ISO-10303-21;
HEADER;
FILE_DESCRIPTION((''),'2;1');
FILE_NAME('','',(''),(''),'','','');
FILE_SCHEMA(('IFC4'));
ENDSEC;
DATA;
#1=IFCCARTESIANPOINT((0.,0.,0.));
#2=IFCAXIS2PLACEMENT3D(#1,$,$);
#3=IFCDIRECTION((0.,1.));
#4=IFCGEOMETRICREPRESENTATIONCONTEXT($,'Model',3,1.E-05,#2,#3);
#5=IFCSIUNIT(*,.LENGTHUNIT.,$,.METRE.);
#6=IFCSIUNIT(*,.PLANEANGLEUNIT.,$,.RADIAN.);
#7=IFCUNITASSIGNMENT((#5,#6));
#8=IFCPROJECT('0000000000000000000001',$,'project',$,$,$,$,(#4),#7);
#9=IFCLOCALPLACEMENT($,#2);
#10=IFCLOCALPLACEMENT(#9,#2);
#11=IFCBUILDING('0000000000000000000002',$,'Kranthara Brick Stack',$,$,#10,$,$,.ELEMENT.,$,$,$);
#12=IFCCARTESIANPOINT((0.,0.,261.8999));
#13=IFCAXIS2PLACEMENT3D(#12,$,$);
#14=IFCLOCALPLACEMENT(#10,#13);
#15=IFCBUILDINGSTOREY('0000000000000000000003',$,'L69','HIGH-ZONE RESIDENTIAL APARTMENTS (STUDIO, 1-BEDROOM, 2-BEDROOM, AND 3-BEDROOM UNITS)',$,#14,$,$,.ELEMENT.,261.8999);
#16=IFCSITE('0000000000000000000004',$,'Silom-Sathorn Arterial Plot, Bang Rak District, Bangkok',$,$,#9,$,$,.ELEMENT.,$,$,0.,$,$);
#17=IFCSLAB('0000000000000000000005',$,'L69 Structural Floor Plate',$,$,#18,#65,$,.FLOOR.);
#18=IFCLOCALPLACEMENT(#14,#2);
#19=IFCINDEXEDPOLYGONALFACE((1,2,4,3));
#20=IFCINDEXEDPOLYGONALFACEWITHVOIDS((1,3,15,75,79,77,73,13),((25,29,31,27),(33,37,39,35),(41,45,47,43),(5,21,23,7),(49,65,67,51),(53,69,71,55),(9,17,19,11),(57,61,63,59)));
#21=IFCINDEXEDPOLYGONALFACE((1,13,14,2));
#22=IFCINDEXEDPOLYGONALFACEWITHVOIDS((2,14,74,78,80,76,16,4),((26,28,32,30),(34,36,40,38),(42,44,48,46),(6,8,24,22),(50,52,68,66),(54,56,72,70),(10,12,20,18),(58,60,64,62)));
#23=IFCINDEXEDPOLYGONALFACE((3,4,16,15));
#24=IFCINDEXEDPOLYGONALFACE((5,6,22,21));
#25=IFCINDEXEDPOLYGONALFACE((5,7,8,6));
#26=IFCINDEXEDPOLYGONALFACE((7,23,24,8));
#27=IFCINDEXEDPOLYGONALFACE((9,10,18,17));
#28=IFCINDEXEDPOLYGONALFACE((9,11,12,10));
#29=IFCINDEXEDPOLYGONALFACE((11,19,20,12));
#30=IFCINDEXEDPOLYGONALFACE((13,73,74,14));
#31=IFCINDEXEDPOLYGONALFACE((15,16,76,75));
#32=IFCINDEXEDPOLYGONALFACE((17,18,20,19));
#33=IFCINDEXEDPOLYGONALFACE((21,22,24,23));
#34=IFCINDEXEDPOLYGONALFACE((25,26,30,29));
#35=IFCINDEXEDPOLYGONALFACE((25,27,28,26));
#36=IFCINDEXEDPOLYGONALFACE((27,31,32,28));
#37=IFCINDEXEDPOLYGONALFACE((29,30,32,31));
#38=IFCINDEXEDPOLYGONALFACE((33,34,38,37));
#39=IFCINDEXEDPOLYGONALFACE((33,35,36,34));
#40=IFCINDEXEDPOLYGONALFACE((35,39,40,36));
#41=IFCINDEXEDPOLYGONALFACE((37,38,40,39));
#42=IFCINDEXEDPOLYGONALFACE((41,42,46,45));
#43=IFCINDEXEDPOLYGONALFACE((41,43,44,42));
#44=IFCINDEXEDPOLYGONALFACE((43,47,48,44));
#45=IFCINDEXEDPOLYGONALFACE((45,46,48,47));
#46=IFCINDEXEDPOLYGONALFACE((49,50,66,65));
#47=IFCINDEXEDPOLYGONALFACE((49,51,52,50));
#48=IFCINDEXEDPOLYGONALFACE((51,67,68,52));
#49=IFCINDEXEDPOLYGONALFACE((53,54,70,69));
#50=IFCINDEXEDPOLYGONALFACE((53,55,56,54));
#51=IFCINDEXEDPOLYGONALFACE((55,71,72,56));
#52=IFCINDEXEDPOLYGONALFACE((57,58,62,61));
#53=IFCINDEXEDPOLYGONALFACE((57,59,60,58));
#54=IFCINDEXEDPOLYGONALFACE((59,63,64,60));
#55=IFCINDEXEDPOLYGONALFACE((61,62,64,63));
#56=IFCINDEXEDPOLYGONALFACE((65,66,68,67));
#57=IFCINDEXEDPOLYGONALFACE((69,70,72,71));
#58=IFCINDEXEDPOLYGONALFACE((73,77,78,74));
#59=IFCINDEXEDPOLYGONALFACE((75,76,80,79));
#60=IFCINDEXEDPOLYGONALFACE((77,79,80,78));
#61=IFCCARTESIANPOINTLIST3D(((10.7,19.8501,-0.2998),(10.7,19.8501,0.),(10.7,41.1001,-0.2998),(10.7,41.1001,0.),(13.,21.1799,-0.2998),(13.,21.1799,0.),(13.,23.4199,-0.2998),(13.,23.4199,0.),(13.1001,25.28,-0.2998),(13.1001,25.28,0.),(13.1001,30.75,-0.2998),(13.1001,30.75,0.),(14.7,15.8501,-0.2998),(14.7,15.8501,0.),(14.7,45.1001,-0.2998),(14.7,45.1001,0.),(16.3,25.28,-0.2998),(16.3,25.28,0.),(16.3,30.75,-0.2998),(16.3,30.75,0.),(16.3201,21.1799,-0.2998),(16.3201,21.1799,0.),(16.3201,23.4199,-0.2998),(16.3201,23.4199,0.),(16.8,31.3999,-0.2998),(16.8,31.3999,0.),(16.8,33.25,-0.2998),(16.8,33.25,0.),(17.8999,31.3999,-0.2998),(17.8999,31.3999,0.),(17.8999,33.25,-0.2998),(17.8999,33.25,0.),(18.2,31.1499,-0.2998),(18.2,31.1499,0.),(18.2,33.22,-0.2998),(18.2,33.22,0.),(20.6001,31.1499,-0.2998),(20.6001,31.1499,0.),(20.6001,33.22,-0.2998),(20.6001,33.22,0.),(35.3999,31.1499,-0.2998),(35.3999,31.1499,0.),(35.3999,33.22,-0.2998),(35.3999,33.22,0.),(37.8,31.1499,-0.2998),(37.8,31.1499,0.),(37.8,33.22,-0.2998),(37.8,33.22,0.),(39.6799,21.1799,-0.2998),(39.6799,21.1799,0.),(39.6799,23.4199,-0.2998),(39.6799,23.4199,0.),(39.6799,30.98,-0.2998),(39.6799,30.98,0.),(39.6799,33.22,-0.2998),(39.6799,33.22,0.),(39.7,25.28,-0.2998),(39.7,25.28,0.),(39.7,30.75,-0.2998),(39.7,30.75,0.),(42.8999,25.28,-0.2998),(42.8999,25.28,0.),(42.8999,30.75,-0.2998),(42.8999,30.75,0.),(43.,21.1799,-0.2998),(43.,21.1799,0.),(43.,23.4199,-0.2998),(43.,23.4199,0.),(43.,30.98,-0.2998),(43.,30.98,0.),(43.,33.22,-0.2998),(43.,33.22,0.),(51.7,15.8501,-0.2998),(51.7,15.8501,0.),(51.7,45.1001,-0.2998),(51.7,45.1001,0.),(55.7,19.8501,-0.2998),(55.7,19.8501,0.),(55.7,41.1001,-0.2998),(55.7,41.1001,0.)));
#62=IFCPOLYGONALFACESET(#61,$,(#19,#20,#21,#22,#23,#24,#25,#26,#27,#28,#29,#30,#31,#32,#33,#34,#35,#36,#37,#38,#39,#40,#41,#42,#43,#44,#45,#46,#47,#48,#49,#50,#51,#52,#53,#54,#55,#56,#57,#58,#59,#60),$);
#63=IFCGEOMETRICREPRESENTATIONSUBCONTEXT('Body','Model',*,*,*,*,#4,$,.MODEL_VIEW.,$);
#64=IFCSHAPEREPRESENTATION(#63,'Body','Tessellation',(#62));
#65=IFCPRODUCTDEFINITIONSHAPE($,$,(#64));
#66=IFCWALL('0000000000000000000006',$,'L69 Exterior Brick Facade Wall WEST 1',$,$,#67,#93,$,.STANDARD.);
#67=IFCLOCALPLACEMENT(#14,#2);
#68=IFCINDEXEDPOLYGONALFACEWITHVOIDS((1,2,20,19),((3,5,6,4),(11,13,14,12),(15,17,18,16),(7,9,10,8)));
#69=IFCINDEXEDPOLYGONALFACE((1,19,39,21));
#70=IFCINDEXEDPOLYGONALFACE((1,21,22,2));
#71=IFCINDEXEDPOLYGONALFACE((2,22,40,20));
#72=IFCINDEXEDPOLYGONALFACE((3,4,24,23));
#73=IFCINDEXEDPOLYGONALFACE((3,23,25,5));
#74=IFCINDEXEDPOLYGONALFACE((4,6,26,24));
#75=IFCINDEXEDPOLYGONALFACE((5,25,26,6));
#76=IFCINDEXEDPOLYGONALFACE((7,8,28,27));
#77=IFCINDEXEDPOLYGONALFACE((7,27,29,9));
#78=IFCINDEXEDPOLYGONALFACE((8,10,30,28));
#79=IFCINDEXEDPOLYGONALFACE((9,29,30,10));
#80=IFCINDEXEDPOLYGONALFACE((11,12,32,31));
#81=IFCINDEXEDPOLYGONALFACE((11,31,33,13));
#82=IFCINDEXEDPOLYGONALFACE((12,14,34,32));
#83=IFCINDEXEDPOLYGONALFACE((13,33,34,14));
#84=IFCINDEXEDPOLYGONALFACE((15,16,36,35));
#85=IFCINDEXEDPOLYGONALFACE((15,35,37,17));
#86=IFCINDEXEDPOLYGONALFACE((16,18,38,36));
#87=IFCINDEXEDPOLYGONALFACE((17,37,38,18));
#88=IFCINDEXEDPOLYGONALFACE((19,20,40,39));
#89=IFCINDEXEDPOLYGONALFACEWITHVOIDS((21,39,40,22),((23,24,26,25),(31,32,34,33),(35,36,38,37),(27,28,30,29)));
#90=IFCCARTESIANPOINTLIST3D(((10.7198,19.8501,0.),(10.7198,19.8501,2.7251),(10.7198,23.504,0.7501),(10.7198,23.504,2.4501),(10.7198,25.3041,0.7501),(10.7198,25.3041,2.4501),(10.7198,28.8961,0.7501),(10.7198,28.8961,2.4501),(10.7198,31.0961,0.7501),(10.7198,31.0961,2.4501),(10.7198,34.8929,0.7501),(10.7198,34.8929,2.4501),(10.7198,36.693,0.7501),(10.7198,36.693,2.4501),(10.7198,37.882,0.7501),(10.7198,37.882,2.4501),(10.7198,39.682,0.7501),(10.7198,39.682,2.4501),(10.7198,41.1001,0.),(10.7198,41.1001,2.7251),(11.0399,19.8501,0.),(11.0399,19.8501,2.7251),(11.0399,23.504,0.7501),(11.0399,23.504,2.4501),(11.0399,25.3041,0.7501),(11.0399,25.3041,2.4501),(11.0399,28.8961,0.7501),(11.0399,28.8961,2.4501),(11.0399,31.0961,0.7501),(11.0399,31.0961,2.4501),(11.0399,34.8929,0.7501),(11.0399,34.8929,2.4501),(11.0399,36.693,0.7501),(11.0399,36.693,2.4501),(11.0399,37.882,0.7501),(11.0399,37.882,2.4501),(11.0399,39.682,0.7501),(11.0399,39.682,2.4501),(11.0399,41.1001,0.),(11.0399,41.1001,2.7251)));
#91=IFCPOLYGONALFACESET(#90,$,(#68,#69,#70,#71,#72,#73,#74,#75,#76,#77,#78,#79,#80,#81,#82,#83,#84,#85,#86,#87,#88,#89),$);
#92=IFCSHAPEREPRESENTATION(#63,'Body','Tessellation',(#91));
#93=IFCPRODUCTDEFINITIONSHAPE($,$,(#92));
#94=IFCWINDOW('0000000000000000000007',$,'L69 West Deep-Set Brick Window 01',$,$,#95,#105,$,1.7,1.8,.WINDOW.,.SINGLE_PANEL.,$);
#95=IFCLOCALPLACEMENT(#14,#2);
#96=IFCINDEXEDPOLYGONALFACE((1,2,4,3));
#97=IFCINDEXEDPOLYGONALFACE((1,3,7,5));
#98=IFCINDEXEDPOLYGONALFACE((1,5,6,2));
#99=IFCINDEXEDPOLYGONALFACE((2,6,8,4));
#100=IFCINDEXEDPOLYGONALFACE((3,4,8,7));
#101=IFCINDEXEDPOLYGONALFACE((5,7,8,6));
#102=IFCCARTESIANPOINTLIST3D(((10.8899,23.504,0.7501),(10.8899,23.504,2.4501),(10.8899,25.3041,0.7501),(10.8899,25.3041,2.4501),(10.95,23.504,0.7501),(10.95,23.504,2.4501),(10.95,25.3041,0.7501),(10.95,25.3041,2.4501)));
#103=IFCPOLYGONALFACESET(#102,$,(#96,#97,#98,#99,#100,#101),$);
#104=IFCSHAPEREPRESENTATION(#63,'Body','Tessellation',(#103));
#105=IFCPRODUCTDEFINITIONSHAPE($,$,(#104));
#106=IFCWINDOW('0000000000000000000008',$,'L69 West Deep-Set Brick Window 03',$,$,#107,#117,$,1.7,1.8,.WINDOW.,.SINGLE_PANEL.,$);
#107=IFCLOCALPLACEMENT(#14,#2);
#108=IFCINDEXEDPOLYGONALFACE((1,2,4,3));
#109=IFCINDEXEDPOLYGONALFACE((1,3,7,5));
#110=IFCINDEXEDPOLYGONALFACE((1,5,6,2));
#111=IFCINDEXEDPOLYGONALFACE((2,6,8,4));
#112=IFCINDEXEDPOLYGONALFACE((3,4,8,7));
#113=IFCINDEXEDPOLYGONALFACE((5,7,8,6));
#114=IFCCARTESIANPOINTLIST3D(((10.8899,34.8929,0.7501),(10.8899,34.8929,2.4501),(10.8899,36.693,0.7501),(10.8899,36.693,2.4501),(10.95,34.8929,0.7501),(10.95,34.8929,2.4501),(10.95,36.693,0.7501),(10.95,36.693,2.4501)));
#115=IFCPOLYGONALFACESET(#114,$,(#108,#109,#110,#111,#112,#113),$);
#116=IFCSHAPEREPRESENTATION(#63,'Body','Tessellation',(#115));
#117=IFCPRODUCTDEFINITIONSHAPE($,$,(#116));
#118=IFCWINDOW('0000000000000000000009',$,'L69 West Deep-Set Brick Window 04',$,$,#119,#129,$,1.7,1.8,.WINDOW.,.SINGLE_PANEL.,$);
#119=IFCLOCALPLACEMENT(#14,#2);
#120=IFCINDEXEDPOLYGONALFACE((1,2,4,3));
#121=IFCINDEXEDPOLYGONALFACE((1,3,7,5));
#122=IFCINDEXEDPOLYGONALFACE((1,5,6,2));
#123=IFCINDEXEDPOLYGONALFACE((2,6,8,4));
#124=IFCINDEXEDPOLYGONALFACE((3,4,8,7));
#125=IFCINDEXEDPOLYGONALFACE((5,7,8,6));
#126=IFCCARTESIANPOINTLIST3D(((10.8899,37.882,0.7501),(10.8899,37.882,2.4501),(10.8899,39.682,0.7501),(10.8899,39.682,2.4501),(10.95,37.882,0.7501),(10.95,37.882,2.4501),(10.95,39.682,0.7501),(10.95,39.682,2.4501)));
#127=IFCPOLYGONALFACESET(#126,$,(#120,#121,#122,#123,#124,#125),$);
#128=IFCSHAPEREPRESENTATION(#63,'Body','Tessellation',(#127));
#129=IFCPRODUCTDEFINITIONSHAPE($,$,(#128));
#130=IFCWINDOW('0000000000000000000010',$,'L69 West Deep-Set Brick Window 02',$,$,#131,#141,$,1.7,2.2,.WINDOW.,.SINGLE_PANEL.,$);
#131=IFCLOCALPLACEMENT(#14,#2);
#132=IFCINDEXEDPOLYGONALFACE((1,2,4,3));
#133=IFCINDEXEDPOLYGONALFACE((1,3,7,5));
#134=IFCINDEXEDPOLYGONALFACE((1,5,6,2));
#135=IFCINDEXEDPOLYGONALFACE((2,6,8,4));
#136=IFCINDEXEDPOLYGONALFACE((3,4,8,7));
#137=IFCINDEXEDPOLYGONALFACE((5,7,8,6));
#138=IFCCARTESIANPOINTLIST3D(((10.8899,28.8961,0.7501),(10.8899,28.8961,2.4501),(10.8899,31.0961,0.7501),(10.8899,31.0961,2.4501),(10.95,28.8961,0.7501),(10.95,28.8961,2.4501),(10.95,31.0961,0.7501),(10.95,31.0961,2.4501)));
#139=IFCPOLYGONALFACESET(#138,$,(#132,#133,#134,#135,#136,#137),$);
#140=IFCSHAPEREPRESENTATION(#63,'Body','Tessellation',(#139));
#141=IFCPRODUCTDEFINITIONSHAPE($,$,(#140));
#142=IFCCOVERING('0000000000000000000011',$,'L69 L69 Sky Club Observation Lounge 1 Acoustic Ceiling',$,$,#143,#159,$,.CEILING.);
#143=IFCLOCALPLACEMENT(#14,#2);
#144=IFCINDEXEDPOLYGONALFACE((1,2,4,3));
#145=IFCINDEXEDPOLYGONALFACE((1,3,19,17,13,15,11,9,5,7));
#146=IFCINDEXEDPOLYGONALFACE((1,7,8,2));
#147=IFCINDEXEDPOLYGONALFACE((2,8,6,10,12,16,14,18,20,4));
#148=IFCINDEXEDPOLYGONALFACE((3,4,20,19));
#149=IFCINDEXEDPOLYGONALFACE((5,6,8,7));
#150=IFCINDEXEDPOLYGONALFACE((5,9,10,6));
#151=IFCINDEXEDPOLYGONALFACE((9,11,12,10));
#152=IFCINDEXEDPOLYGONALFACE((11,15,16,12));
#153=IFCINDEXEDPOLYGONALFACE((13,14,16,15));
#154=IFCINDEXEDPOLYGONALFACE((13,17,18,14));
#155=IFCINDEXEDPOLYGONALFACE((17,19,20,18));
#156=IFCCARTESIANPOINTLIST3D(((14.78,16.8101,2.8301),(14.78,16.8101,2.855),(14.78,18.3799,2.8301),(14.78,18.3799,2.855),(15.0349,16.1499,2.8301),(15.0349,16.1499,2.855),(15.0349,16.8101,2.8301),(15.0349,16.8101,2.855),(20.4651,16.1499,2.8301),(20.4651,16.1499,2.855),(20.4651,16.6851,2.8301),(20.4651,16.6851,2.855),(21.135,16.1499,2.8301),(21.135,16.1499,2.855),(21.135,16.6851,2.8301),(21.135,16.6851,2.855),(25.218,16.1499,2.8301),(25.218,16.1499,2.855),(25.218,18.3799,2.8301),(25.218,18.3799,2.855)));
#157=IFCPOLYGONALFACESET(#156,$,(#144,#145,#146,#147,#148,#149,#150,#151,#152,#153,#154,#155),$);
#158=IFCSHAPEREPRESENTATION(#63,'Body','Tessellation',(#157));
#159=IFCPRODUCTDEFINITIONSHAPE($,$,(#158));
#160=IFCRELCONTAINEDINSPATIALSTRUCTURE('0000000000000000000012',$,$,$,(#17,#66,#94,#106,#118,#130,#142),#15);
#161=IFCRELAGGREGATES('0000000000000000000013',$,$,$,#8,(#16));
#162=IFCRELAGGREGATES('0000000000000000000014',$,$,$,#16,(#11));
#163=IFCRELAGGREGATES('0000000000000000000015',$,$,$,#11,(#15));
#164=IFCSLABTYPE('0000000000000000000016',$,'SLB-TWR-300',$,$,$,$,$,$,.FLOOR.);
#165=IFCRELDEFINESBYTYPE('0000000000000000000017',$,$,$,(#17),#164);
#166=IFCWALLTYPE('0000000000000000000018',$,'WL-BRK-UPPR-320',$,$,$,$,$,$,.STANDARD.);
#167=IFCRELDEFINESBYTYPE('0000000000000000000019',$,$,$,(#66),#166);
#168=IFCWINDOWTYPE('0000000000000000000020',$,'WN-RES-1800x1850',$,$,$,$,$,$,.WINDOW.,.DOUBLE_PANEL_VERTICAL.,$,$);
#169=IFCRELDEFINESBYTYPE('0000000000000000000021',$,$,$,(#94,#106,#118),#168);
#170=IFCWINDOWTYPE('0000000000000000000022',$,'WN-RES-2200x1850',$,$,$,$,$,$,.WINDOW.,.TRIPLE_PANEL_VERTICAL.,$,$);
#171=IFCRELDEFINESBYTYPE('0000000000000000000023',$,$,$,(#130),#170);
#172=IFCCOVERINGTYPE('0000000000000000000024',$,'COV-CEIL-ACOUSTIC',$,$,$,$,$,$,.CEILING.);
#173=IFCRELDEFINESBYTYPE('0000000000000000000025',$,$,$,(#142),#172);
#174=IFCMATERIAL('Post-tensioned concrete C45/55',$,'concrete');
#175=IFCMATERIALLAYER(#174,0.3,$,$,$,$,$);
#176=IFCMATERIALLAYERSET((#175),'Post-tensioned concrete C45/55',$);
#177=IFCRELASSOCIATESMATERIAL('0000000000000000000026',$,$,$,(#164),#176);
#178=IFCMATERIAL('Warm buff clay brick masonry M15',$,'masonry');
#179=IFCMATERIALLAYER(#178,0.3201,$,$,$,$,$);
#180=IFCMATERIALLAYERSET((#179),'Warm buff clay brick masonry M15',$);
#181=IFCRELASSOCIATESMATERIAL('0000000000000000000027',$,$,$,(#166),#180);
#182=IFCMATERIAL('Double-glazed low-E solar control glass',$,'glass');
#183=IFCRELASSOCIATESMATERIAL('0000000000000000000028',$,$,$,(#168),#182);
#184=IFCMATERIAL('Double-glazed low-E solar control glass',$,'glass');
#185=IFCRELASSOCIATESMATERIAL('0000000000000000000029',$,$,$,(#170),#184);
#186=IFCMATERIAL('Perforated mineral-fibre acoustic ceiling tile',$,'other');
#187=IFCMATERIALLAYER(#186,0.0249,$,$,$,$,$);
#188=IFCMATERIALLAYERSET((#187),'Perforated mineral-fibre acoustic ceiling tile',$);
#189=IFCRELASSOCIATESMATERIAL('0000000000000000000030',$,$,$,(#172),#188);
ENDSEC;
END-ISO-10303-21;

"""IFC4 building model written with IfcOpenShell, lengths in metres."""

from ifc_helpers import new_model, si_unit, direction, frame, frame_2d, origin, place, context, subcontext, project, spatial, polyline, rectangle, outline, extrude, material, layer, layer_set, type_object, element, fill, save


model = new_model("IFC4")

# Units and contexts
model_context = context("Model", 3, precision=1e-05, world=origin(), true_north=direction((0.0, 1.0)))
body_context = subcontext(model_context, "Body", "Model", "MODEL_VIEW")
ifc_project = project(units=[si_unit("LENGTHUNIT", "METRE"), si_unit("PLANEANGLEUNIT", "RADIAN")], contexts=[model_context])

# Site, building, storey
site_placement = place(None, origin())
site = spatial("IfcSite", under=ifc_project, at=site_placement, Name="Silom-Sathorn Arterial Plot, Bang Rak District, Bangkok", CompositionType="ELEMENT", RefElevation=0.0)
building_placement = place(site_placement, origin())
building = spatial("IfcBuilding", under=site, at=building_placement, Name="Kranthara Brick Stack", CompositionType="ELEMENT")
storey_placement = place(building_placement, frame((0.0, 0.0, 261.8999)))
storey = spatial("IfcBuildingStorey", under=building, at=storey_placement, Name="L69", Description="HIGH-ZONE RESIDENTIAL APARTMENTS (STUDIO, 1-BEDROOM, 2-BEDROOM, AND 3-BEDROOM UNITS)", CompositionType="ELEMENT", Elevation=261.8999)

# Slab
ifc_material_1 = material(Name="Post-tensioned concrete C45/55", Category="concrete")
ifc_layer_1 = layer(ifc_material_1, 0.3)
ifc_layer_set_1 = layer_set([ifc_layer_1], Name="Post-tensioned concrete C45/55")
slab_type_1 = type_object("IfcSlabType", Name="SLB-TWR-300", PredefinedType="FLOOR", material=ifc_layer_set_1)
slab_1_placement = place(storey_placement, frame((0.0, 0.0, -0.2998)))
element("IfcSlab", 1, at=slab_1_placement, inside=storey, type_object=slab_type_1, Name="L69 Structural Floor Plate", PredefinedType="FLOOR", context=body_context, shape_type="SweptSolid", body=[
    extrude(outline(polyline([(14.7, 15.8501), (51.7, 15.8501), (55.7, 19.8501), (55.7, 41.1001), (51.7, 45.1001), (14.7, 45.1001), (10.7, 41.1001), (10.7, 19.8501), (14.7, 15.8501)]), holes=[polyline([(13.1001, 25.28), (16.3, 25.28), (16.3, 30.75), (13.1001, 30.75), (13.1001, 25.28)]), polyline([(39.7, 25.28), (42.8999, 25.28), (42.8999, 30.75), (39.7, 30.75), (39.7, 25.28)]), polyline([(13.0, 21.1799), (16.3201, 21.1799), (16.3201, 23.4199), (13.0, 23.4199), (13.0, 21.1799)]), polyline([(39.6799, 21.1799), (43.0, 21.1799), (43.0, 23.4199), (39.6799, 23.4199), (39.6799, 21.1799)]), polyline([(39.6799, 30.98), (43.0, 30.98), (43.0, 33.22), (39.6799, 33.22), (39.6799, 30.98)]), polyline([(18.2, 31.1499), (20.6001, 31.1499), (20.6001, 33.22), (18.2, 33.22), (18.2, 31.1499)]), polyline([(35.3999, 31.1499), (37.8, 31.1499), (37.8, 33.22), (35.3999, 33.22), (35.3999, 31.1499)]), polyline([(16.8, 31.3999), (17.8999, 31.3999), (17.8999, 33.25), (16.8, 33.25), (16.8, 31.3999)])]), origin(), (0.0, 0.0, 1.0), 0.2998),
])

# Wall, openings, windows
ifc_material_2 = material(Name="Warm buff clay brick masonry M15", Category="masonry")
ifc_layer_2 = layer(ifc_material_2, 0.3201)
ifc_layer_set_2 = layer_set([ifc_layer_2], Name="Warm buff clay brick masonry M15")
wall_type = type_object("IfcWallType", Name="WL-BRK-UPPR-320", PredefinedType="STANDARD", material=ifc_layer_set_2)
wall_placement = place(storey_placement, frame((10.8799, 19.8501, 0.0), z_axis=(0.0, 0.0, 1.0), x_axis=(0.0, 1.0, 0.0)))
wall = element("IfcWall", 2, at=wall_placement, inside=storey, type_object=wall_type, Name="L69 Exterior Brick Facade Wall WEST 1", PredefinedType="STANDARD", context=body_context, shape_type="SweptSolid", body=[
    extrude(rectangle(XDim=21.25, YDim=0.3201, at=frame_2d((10.625, 0.0))), origin(), (0.0, 0.0, 1.0), 2.7251),
])
opening_1_placement = place(wall_placement, frame((3.6541, 0.0, 0.75)))
opening_1 = element("IfcOpeningElement", 3, at=opening_1_placement, cuts=wall, PredefinedType="OPENING", context=body_context, shape_type="SweptSolid", body=[
    extrude(rectangle(XDim=1.8, YDim=1.7, at=frame_2d((0.8999, 0.8501))), frame((0.0, 0.1699, 0.0), z_axis=(0.0, -1.0, 0.0), x_axis=(1.0, 0.0, 0.0)), (0.0, 0.0, 1.0), 0.3401),
])
opening_2_placement = place(wall_placement, frame((9.0459, 0.0, 0.75)))
opening_2 = element("IfcOpeningElement", 4, at=opening_2_placement, cuts=wall, PredefinedType="OPENING", context=body_context, shape_type="SweptSolid", body=[
    extrude(rectangle(XDim=2.2, YDim=1.7, at=frame_2d((1.1001, 0.8501))), frame((0.0, 0.1699, 0.0), z_axis=(0.0, -1.0, 0.0), x_axis=(1.0, 0.0, 0.0)), (0.0, 0.0, 1.0), 0.3401),
])
opening_3_placement = place(wall_placement, frame((15.043, 0.0, 0.75)))
opening_3 = element("IfcOpeningElement", 5, at=opening_3_placement, cuts=wall, PredefinedType="OPENING", context=body_context, shape_type="SweptSolid", body=[
    extrude(rectangle(XDim=1.8, YDim=1.7, at=frame_2d((0.8999, 0.8501))), frame((0.0, 0.1699, 0.0), z_axis=(0.0, -1.0, 0.0), x_axis=(1.0, 0.0, 0.0)), (0.0, 0.0, 1.0), 0.3401),
])
opening_4_placement = place(wall_placement, frame((18.032, 0.0, 0.75)))
opening_4 = element("IfcOpeningElement", 6, at=opening_4_placement, cuts=wall, PredefinedType="OPENING", context=body_context, shape_type="SweptSolid", body=[
    extrude(rectangle(XDim=1.8, YDim=1.7, at=frame_2d((0.8999, 0.8501))), frame((0.0, 0.1699, 0.0), z_axis=(0.0, -1.0, 0.0), x_axis=(1.0, 0.0, 0.0)), (0.0, 0.0, 1.0), 0.3401),
])
ifc_material_3 = material(Name="Double-glazed low-E solar control glass", Category="glass")
window_type_1 = type_object("IfcWindowType", Name="WN-RES-1800x1850", PartitioningType="DOUBLE_PANEL_VERTICAL", PredefinedType="WINDOW", material=ifc_material_3)
window_1_placement = place(opening_1_placement, origin())
window_1 = element("IfcWindow", 7, at=window_1_placement, inside=storey, type_object=window_type_1, Name="L69 West Deep-Set Brick Window 01", OverallHeight=1.7, OverallWidth=1.8, PartitioningType="SINGLE_PANEL", PredefinedType="WINDOW", context=body_context, shape_type="SweptSolid", body=[
    extrude(rectangle(XDim=1.8, YDim=1.7, at=frame_2d((0.8999, 0.8501))), frame((0.0, -0.01, 0.0), z_axis=(0.0, -1.0, 0.0), x_axis=(1.0, 0.0, 0.0)), (0.0, 0.0, 1.0), 0.0601),
])
fill(opening_1, window_1)
window_2_placement = place(opening_3_placement, origin())
window_2 = element("IfcWindow", 8, at=window_2_placement, inside=storey, type_object=window_type_1, Name="L69 West Deep-Set Brick Window 03", OverallHeight=1.7, OverallWidth=1.8, PartitioningType="SINGLE_PANEL", PredefinedType="WINDOW", context=body_context, shape_type="SweptSolid", body=[
    extrude(rectangle(XDim=1.8, YDim=1.7, at=frame_2d((0.8999, 0.8501))), frame((0.0, -0.01, 0.0), z_axis=(0.0, -1.0, 0.0), x_axis=(1.0, 0.0, 0.0)), (0.0, 0.0, 1.0), 0.0601),
])
fill(opening_3, window_2)
window_3_placement = place(opening_4_placement, origin())
window_3 = element("IfcWindow", 9, at=window_3_placement, inside=storey, type_object=window_type_1, Name="L69 West Deep-Set Brick Window 04", OverallHeight=1.7, OverallWidth=1.8, PartitioningType="SINGLE_PANEL", PredefinedType="WINDOW", context=body_context, shape_type="SweptSolid", body=[
    extrude(rectangle(XDim=1.8, YDim=1.7, at=frame_2d((0.8999, 0.8501))), frame((0.0, -0.01, 0.0), z_axis=(0.0, -1.0, 0.0), x_axis=(1.0, 0.0, 0.0)), (0.0, 0.0, 1.0), 0.0601),
])
fill(opening_4, window_3)
ifc_material_4 = material(Name="Double-glazed low-E solar control glass", Category="glass")
window_type_2 = type_object("IfcWindowType", Name="WN-RES-2200x1850", PartitioningType="TRIPLE_PANEL_VERTICAL", PredefinedType="WINDOW", material=ifc_material_4)
window_4_placement = place(opening_2_placement, origin())
window_4 = element("IfcWindow", 10, at=window_4_placement, inside=storey, type_object=window_type_2, Name="L69 West Deep-Set Brick Window 02", OverallHeight=1.7, OverallWidth=2.2, PartitioningType="SINGLE_PANEL", PredefinedType="WINDOW", context=body_context, shape_type="SweptSolid", body=[
    extrude(rectangle(XDim=2.2, YDim=1.7, at=frame_2d((1.1001, 0.8501))), frame((0.0, -0.01, 0.0), z_axis=(0.0, -1.0, 0.0), x_axis=(1.0, 0.0, 0.0)), (0.0, 0.0, 1.0), 0.0601),
])
fill(opening_2, window_4)

# Covering
ifc_material_5 = material(Name="Perforated mineral-fibre acoustic ceiling tile", Category="other")
ifc_layer_3 = layer(ifc_material_5, 0.0249)
ifc_layer_set_3 = layer_set([ifc_layer_3], Name="Perforated mineral-fibre acoustic ceiling tile")
covering_type_1 = type_object("IfcCoveringType", Name="COV-CEIL-ACOUSTIC", PredefinedType="CEILING", material=ifc_layer_set_3)
covering_1_placement = place(storey_placement, frame((0.0, 0.0, 2.8301)))
element("IfcCovering", 11, at=covering_1_placement, inside=storey, type_object=covering_type_1, Name="L69 L69 Sky Club Observation Lounge 1 Acoustic Ceiling", PredefinedType="CEILING", context=body_context, shape_type="SweptSolid", body=[
    extrude(outline(polyline([(25.218, 18.3799), (25.218, 16.1499), (21.135, 16.1499), (21.135, 16.6851), (20.4651, 16.6851), (20.4651, 16.1499), (15.0349, 16.1499), (15.0349, 16.8101), (14.78, 16.8101), (14.78, 18.3799), (25.218, 18.3799)])), origin(), (0.0, 0.0, 1.0), 0.0249),
])

save(model, "model.ifc")
